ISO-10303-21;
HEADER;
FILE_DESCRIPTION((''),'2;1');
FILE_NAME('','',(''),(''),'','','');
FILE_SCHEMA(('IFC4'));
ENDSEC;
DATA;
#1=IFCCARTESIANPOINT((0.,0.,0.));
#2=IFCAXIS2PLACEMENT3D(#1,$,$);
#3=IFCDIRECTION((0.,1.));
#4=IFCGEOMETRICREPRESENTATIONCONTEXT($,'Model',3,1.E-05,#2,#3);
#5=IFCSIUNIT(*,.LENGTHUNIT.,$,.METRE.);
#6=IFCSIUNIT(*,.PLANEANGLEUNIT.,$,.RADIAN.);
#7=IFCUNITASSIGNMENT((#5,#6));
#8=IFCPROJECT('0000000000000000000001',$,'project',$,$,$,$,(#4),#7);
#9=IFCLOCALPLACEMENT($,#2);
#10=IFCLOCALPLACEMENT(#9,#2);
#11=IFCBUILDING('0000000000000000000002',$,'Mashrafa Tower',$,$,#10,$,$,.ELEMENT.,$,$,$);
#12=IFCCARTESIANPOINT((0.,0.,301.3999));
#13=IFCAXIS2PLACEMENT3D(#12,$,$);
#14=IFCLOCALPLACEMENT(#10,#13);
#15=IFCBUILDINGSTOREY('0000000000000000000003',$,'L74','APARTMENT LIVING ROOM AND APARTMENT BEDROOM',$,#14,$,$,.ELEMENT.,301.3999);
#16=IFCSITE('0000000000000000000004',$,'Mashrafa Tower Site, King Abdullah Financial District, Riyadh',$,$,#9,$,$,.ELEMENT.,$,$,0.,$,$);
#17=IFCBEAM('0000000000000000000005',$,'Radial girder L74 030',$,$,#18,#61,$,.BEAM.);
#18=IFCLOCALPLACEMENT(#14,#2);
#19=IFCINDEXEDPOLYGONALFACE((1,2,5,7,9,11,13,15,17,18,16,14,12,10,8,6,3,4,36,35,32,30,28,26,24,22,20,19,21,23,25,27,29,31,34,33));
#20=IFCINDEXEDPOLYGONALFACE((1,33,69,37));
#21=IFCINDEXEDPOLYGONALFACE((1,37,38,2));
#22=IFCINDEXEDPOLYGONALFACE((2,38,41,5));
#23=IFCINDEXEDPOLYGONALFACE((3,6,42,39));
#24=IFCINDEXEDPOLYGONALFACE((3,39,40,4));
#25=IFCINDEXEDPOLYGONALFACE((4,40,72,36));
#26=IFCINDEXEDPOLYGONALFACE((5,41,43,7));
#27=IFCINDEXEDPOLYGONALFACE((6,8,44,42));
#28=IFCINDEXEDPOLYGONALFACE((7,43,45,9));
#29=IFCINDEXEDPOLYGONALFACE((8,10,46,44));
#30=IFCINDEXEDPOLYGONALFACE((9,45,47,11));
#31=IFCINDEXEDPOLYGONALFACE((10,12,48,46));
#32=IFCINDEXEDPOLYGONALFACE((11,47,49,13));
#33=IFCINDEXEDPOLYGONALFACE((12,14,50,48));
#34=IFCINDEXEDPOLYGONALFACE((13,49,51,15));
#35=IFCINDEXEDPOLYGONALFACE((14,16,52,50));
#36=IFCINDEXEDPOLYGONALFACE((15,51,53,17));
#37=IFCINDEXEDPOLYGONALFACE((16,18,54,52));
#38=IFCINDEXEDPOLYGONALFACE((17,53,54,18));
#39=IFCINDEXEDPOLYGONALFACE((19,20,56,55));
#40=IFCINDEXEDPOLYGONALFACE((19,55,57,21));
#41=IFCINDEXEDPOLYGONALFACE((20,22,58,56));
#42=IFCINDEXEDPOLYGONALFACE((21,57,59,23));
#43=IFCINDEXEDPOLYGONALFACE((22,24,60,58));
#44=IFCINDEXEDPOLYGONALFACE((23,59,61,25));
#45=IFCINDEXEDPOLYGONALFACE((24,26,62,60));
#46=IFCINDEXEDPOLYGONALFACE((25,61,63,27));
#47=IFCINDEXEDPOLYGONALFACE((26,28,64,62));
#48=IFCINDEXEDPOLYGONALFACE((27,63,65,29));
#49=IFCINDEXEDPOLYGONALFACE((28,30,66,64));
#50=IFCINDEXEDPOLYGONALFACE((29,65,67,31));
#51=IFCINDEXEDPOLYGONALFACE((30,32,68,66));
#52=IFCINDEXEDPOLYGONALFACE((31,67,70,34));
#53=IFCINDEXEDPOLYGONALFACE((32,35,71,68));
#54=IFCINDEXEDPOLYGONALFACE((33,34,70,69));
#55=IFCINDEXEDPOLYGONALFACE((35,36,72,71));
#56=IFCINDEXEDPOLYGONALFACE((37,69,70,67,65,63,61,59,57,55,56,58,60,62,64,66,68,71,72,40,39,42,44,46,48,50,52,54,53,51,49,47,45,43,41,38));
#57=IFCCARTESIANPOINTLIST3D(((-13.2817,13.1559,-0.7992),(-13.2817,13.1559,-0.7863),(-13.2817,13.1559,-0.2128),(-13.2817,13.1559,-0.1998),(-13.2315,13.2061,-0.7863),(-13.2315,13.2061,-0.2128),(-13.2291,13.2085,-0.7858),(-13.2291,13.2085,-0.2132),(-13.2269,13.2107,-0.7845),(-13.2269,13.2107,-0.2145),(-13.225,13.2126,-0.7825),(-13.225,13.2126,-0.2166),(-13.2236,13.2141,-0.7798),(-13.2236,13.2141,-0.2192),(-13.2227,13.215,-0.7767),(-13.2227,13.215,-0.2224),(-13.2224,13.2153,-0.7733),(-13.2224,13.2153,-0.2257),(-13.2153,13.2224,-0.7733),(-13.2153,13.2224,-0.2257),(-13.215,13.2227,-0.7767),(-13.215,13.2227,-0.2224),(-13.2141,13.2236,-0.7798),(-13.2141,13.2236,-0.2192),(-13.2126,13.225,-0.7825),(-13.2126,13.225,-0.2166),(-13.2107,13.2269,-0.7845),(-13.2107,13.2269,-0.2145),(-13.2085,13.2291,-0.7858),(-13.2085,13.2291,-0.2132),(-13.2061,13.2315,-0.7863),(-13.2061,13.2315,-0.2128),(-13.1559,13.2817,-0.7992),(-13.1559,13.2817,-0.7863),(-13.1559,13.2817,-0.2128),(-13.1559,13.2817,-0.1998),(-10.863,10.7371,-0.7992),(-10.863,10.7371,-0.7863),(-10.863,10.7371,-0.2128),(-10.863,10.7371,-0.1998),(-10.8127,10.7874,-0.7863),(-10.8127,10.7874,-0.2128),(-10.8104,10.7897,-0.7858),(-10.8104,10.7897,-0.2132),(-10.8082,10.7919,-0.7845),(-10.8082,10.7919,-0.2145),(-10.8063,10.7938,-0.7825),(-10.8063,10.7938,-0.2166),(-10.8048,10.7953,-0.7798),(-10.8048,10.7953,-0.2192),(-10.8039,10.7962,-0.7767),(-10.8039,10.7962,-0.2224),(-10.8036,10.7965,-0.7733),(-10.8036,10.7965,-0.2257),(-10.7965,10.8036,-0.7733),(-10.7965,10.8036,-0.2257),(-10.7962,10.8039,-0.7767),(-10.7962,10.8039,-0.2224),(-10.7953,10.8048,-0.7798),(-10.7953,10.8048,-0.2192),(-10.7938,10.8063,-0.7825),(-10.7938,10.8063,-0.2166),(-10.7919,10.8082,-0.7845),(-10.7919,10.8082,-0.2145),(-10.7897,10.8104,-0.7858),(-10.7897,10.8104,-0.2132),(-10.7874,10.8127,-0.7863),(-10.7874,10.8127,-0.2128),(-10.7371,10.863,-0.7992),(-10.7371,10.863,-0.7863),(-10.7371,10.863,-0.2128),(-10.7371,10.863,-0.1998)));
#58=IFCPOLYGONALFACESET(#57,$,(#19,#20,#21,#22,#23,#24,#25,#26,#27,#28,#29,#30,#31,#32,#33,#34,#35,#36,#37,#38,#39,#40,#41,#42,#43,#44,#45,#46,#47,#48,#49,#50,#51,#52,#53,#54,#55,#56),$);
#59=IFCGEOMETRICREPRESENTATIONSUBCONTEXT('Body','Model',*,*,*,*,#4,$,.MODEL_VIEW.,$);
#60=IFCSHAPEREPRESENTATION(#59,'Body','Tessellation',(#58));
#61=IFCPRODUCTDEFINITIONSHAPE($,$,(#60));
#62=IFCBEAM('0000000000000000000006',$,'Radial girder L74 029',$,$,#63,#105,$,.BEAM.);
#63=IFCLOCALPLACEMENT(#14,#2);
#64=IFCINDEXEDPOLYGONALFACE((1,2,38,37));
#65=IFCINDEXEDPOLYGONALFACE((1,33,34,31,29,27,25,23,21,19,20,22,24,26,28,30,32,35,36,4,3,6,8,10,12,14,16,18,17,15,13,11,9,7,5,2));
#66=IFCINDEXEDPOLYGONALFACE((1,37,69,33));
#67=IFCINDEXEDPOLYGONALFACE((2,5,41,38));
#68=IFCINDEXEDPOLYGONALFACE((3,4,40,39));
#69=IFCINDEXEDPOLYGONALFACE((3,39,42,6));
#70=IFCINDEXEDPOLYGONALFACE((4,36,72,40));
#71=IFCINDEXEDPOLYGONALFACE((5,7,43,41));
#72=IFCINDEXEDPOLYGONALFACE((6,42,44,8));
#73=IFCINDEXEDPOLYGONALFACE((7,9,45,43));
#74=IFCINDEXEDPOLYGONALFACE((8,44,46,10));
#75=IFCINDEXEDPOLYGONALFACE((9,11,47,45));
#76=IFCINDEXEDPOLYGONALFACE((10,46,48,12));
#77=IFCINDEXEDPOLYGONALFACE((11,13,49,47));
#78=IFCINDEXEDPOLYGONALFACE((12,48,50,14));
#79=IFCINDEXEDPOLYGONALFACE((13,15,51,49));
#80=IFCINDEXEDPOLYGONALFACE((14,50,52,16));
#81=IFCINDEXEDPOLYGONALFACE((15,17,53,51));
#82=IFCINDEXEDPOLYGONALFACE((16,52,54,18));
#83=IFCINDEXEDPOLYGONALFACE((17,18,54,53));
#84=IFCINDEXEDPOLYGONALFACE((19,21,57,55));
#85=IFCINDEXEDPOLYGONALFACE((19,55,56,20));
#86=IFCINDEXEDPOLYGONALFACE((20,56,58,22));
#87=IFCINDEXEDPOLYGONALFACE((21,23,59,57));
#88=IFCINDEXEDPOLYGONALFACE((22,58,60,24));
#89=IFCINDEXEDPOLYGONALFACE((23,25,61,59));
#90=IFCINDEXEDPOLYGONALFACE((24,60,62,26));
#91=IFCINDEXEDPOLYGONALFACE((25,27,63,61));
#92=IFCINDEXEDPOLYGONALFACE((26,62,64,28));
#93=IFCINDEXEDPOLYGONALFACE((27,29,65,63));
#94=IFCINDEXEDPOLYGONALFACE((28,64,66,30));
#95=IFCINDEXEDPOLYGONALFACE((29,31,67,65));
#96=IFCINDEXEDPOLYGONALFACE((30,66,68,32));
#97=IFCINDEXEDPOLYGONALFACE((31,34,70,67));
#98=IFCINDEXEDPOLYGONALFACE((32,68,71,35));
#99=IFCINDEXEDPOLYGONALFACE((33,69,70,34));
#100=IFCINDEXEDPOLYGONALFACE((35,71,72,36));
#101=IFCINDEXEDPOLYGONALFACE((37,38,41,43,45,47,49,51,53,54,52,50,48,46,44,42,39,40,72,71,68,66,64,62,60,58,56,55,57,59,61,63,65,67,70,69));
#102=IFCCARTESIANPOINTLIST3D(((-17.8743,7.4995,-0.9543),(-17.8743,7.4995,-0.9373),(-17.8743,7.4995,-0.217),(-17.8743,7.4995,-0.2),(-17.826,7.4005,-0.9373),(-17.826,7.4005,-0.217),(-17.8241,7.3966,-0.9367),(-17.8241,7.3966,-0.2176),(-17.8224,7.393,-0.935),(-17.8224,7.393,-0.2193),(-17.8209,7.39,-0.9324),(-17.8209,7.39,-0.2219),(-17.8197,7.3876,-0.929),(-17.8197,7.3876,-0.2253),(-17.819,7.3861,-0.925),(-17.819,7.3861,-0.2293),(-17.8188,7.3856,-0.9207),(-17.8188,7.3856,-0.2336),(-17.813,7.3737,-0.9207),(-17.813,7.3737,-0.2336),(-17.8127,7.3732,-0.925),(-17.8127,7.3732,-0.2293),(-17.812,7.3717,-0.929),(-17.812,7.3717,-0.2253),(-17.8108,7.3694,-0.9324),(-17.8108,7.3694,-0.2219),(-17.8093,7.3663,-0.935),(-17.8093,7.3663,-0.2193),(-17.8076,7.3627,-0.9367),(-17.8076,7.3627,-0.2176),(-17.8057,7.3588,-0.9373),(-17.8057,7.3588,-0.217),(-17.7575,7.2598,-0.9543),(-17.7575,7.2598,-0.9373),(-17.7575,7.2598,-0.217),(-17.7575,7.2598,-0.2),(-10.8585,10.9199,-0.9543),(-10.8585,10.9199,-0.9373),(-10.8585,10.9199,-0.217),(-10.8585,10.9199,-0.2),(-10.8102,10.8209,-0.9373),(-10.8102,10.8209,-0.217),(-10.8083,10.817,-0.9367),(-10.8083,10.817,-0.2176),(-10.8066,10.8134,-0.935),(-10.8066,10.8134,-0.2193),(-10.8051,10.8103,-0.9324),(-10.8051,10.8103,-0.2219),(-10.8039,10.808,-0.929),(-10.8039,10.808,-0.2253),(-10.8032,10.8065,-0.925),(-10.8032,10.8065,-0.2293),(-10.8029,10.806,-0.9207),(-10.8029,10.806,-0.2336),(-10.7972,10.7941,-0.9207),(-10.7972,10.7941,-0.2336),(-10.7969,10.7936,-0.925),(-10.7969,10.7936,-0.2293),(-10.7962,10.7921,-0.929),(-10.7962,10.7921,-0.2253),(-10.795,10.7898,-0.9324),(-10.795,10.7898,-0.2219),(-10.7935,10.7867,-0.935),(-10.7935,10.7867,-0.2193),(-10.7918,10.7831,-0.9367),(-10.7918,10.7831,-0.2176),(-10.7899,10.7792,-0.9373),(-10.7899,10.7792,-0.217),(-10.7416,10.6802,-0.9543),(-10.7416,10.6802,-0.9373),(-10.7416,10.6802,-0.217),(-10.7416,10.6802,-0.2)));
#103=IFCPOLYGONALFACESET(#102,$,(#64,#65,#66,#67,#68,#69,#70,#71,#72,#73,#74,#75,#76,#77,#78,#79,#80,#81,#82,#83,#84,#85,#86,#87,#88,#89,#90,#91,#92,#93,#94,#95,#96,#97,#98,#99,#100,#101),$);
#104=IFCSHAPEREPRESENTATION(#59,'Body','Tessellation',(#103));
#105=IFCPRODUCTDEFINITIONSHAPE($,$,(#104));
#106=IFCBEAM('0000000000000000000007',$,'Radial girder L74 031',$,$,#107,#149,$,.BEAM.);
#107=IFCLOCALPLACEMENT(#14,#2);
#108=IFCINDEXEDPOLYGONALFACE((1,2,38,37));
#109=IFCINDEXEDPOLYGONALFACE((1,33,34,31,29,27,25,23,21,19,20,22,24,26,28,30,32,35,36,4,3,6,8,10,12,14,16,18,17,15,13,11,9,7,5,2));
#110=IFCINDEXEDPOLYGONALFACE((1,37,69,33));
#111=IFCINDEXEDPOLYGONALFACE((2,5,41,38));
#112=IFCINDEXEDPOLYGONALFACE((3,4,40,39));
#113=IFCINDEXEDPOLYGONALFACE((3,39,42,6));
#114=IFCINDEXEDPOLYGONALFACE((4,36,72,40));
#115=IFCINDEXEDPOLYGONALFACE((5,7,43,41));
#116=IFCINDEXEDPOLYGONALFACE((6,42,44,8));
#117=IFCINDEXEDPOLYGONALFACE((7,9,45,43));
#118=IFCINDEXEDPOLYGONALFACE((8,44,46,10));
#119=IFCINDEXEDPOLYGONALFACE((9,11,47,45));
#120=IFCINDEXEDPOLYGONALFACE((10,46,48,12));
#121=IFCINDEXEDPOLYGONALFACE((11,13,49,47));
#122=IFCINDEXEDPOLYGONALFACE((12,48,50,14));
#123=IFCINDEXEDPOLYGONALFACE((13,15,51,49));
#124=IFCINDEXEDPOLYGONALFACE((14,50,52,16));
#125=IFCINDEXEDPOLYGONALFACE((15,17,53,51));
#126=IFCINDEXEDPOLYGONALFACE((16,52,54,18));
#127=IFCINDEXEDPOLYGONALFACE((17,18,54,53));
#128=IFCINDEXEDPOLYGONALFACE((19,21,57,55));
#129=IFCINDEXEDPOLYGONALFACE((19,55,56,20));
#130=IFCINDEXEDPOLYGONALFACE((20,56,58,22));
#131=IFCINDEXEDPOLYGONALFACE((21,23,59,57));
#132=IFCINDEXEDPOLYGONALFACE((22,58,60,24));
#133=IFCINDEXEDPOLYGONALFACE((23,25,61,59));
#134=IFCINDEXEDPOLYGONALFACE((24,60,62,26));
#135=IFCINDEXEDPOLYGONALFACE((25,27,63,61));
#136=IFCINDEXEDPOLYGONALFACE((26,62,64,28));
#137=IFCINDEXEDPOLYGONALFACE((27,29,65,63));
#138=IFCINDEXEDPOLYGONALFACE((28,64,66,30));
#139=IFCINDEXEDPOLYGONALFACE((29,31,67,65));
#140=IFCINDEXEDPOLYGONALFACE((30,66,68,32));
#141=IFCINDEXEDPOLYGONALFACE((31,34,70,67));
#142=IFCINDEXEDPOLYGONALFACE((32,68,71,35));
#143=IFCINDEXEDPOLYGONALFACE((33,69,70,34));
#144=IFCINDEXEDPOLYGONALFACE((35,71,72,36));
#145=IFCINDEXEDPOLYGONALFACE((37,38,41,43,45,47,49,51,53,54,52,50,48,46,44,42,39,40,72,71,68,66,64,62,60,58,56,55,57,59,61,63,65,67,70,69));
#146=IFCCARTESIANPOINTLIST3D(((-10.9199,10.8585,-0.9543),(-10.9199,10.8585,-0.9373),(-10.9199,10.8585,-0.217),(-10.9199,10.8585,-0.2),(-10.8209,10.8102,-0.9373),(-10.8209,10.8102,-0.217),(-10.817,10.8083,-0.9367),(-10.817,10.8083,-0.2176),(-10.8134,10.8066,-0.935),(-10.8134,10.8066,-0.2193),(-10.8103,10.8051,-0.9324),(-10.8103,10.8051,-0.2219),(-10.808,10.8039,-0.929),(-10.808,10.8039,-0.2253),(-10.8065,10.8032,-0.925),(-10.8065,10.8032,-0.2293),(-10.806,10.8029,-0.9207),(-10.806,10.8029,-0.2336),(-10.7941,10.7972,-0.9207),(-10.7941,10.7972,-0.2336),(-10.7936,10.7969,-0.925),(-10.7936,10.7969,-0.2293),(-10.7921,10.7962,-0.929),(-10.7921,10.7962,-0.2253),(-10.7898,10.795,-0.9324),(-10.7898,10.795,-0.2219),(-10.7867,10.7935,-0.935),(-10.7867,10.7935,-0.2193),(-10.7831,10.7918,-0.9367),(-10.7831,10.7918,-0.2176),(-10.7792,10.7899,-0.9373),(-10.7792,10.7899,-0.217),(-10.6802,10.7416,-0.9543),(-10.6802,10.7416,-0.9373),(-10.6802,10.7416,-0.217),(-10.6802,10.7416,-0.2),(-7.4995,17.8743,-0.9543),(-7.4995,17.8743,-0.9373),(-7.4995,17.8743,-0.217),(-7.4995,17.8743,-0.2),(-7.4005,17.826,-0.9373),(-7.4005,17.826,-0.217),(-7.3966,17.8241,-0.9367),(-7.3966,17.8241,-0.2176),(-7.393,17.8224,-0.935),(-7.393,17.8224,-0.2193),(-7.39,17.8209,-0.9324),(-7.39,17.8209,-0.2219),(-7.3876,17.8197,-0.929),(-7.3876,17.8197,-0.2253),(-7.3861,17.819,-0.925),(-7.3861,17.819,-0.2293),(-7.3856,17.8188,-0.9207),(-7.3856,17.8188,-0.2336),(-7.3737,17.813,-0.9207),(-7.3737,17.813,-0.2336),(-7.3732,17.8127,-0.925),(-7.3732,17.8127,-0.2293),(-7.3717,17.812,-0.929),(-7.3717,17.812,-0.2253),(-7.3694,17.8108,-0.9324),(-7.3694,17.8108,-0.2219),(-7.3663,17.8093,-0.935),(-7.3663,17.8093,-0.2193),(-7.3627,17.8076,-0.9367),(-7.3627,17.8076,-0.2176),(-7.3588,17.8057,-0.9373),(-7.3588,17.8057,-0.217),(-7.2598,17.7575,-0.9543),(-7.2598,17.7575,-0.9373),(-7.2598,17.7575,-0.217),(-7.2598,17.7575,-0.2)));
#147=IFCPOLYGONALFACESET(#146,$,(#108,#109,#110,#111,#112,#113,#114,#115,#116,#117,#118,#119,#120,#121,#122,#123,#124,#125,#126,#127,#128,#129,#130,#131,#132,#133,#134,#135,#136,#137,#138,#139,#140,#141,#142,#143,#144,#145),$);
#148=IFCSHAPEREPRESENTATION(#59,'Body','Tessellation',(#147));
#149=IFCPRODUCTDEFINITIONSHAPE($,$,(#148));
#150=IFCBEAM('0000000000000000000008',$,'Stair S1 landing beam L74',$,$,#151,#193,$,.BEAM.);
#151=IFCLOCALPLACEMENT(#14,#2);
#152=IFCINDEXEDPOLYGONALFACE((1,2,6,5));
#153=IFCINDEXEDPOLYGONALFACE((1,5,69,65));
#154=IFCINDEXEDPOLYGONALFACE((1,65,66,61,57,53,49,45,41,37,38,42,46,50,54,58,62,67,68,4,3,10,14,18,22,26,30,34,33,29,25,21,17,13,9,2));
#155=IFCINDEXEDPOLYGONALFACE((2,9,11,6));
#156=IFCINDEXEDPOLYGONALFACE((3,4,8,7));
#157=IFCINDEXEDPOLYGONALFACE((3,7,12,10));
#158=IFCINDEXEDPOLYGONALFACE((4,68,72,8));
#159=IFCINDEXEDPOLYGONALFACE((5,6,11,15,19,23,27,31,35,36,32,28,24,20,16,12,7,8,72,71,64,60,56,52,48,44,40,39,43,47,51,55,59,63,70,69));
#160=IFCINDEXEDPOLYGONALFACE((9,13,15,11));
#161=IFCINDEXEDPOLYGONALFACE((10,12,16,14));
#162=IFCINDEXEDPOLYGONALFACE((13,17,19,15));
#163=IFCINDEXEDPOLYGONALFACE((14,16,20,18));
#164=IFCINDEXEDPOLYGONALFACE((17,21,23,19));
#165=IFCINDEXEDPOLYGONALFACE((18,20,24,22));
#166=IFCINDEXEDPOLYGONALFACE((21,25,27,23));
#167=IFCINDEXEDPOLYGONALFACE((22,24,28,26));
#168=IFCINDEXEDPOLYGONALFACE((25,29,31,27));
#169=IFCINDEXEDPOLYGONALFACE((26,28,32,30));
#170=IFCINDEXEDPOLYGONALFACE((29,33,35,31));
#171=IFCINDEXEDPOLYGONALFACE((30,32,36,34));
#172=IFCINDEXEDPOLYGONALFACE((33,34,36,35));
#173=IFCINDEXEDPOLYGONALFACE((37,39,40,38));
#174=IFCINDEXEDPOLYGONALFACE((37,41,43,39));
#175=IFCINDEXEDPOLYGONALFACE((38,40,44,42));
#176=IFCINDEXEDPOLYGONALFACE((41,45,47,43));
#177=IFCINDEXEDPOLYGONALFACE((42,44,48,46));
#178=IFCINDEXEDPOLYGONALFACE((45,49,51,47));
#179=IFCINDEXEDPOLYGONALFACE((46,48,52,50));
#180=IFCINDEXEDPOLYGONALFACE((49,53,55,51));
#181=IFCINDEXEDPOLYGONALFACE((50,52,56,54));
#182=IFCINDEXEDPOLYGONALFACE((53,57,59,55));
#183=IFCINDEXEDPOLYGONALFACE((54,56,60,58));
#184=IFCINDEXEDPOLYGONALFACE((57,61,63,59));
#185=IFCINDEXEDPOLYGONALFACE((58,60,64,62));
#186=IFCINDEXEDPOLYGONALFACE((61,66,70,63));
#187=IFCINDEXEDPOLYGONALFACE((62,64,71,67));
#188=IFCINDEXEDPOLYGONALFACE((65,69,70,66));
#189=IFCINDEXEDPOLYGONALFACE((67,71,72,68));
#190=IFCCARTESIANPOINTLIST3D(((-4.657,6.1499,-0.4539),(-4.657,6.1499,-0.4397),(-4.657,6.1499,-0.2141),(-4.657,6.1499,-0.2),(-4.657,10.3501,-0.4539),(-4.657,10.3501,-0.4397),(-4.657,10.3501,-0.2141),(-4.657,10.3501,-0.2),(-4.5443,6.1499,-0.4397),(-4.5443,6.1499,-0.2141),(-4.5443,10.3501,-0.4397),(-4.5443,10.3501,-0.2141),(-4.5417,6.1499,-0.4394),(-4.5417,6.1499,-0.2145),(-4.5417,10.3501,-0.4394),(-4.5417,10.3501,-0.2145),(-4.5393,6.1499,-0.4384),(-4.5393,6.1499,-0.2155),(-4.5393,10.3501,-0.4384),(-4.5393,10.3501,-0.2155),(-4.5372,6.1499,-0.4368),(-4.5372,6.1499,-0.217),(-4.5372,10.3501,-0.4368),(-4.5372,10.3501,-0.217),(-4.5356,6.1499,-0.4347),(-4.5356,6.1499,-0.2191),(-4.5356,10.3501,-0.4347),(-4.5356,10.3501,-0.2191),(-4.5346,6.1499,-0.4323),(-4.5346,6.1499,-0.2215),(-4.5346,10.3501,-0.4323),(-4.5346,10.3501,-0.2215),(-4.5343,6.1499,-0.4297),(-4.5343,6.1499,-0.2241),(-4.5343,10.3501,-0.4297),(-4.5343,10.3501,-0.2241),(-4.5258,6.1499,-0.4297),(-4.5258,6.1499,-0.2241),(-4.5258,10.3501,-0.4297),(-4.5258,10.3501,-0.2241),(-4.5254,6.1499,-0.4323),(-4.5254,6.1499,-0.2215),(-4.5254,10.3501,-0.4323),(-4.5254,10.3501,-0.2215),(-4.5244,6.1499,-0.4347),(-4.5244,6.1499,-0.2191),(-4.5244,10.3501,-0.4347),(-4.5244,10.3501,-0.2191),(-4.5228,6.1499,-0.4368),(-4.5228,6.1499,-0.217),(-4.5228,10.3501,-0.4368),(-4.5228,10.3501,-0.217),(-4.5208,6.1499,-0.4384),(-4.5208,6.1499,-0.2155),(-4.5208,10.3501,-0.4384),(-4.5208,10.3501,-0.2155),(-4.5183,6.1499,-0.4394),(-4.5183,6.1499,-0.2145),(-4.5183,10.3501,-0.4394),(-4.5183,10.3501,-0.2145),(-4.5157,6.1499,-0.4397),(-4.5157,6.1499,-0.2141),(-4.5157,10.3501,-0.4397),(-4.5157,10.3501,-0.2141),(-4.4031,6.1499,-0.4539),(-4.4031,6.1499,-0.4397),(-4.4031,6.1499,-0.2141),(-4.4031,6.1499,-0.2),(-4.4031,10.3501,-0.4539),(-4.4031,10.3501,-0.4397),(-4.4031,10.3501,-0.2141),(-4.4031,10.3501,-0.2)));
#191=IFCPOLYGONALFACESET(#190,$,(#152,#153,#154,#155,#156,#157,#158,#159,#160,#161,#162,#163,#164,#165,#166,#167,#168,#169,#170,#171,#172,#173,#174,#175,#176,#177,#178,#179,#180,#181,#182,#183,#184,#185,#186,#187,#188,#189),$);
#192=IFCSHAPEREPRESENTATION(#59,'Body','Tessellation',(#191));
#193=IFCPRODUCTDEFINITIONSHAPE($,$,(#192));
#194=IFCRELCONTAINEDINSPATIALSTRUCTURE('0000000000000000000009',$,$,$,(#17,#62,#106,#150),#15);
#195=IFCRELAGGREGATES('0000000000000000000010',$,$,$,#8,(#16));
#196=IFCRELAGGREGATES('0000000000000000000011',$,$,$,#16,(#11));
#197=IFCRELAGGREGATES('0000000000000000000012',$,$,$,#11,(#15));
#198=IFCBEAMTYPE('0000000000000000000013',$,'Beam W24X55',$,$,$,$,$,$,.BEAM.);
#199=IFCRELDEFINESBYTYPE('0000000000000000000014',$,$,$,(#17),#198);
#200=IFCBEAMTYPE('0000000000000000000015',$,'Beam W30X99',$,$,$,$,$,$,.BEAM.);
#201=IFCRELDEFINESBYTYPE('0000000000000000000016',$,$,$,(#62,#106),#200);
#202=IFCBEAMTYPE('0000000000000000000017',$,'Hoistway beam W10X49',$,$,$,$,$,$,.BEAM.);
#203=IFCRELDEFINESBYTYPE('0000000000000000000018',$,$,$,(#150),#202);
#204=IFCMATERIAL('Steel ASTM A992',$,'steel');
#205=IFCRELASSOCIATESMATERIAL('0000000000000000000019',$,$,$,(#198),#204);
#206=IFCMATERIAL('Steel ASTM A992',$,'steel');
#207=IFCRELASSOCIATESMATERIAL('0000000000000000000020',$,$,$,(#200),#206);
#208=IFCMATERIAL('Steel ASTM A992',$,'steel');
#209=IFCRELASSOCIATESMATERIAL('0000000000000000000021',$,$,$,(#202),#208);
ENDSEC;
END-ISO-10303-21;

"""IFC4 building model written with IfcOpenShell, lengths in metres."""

from ifc_helpers import new_model, si_unit, direction, frame, origin, origin_2d, place, context, subcontext, project, spatial, i_section, extrude, material, material_profile, profile_set, type_object, element, save


model = new_model("IFC4")

# Units and contexts
model_context = context("Model", 3, precision=1e-05, world=origin(), true_north=direction((0.0, 1.0)))
body_context = subcontext(model_context, "Body", "Model", "MODEL_VIEW")
ifc_project = project(units=[si_unit("LENGTHUNIT", "METRE"), si_unit("PLANEANGLEUNIT", "RADIAN")], contexts=[model_context])

# Site, building, storey
site_placement = place(None, origin())
site = spatial("IfcSite", under=ifc_project, at=site_placement, Name="Mashrafa Tower Site, King Abdullah Financial District, Riyadh", CompositionType="ELEMENT", RefElevation=0.0)
building_placement = place(site_placement, origin())
building = spatial("IfcBuilding", under=site, at=building_placement, Name="Mashrafa Tower", CompositionType="ELEMENT")
storey_placement = place(building_placement, frame((0.0, 0.0, 301.3999)))
storey = spatial("IfcBuildingStorey", under=building, at=storey_placement, Name="L74", Description="APARTMENT LIVING ROOM AND APARTMENT BEDROOM", CompositionType="ELEMENT", Elevation=301.3999)

# Beams
ifc_material_1 = material(Name="Steel ASTM A992", Category="steel")
ifc_material_profile_1 = material_profile(ifc_material_1, i_section(OverallWidth=0.178, OverallDepth=0.5994, WebThickness=0.01, FlangeThickness=0.0129, FilletRadius=0.0129, at=origin_2d()), Name="W24X55")
ifc_profile_set_1 = profile_set([ifc_material_profile_1], Name="Steel ASTM A992")
beam_type_1 = type_object("IfcBeamType", Name="Beam W24X55", PredefinedType="BEAM", material=ifc_profile_set_1)
beam_1_placement = place(storey_placement, frame((-10.8, 10.8, -0.4995), z_axis=(-0.707107, 0.707107, 0.0), x_axis=(-0.707107, -0.707107, 0.0)))
element("IfcBeam", 1, at=beam_1_placement, inside=storey, type_object=beam_type_1, Name="Radial girder L74 030", PredefinedType="BEAM", context=body_context, shape_type="SweptSolid", body=[
    extrude(i_section(OverallWidth=0.178, OverallDepth=0.5994, WebThickness=0.01, FlangeThickness=0.0129, FilletRadius=0.0129, at=origin_2d()), origin(), (0.0, 0.0, 1.0), 3.4207),
])
ifc_material_2 = material(Name="Steel ASTM A992", Category="steel")
ifc_material_profile_2 = material_profile(ifc_material_2, i_section(OverallWidth=0.2666, OverallDepth=0.7544, WebThickness=0.0132, FlangeThickness=0.0171, FilletRadius=0.0166, at=origin_2d()), Name="W30X99")
ifc_profile_set_2 = profile_set([ifc_material_profile_2], Name="Steel ASTM A992")
beam_type_2 = type_object("IfcBeamType", Name="Beam W30X99", PredefinedType="BEAM", material=ifc_profile_set_2)
for number, where, z_axis, x_axis, name in (
    (2, (-10.8, 10.8, -0.5771), (-0.898868, -0.43822, 0.0), (0.43822, -0.898868, 0.0), "Radial girder L74 029"),
    (3, (-10.8, 10.8, -0.5771), (0.43822, 0.898868, 0.0), (-0.898868, 0.43822, 0.0), "Radial girder L74 031"),
):
    element("IfcBeam", number, at=place(storey_placement, frame(where, z_axis=z_axis, x_axis=x_axis)), inside=storey, type_object=beam_type_2, Name=name, PredefinedType="BEAM", context=body_context, shape_type="SweptSolid", body=[
        extrude(i_section(OverallWidth=0.2666, OverallDepth=0.7544, WebThickness=0.0132, FlangeThickness=0.0171, FilletRadius=0.0166, at=origin_2d()), origin(), (0.0, 0.0, 1.0), 7.8052),
    ])
ifc_material_3 = material(Name="Steel ASTM A992", Category="steel")
ifc_material_profile_3 = material_profile(ifc_material_3, i_section(OverallWidth=0.2539, OverallDepth=0.2539, WebThickness=0.0085, FlangeThickness=0.0142, FilletRadius=0.01, at=origin_2d()), Name="W10X49")
ifc_profile_set_3 = profile_set([ifc_material_profile_3], Name="Steel ASTM A992")
beam_type_3 = type_object("IfcBeamType", Name="Hoistway beam W10X49", PredefinedType="BEAM", material=ifc_profile_set_3)
beam_2_placement = place(storey_placement, frame((-4.53, 6.1499, -0.3269), z_axis=(0.0, 1.0, 0.0), x_axis=(-1.0, 0.0, 0.0)))
element("IfcBeam", 4, at=beam_2_placement, inside=storey, type_object=beam_type_3, Name="Stair S1 landing beam L74", PredefinedType="BEAM", context=body_context, shape_type="SweptSolid", body=[
    extrude(i_section(OverallWidth=0.2539, OverallDepth=0.2539, WebThickness=0.0085, FlangeThickness=0.0142, FilletRadius=0.01, at=origin_2d()), origin(), (0.0, 0.0, 1.0), 4.2002),
])

save(model, "model.ifc")
